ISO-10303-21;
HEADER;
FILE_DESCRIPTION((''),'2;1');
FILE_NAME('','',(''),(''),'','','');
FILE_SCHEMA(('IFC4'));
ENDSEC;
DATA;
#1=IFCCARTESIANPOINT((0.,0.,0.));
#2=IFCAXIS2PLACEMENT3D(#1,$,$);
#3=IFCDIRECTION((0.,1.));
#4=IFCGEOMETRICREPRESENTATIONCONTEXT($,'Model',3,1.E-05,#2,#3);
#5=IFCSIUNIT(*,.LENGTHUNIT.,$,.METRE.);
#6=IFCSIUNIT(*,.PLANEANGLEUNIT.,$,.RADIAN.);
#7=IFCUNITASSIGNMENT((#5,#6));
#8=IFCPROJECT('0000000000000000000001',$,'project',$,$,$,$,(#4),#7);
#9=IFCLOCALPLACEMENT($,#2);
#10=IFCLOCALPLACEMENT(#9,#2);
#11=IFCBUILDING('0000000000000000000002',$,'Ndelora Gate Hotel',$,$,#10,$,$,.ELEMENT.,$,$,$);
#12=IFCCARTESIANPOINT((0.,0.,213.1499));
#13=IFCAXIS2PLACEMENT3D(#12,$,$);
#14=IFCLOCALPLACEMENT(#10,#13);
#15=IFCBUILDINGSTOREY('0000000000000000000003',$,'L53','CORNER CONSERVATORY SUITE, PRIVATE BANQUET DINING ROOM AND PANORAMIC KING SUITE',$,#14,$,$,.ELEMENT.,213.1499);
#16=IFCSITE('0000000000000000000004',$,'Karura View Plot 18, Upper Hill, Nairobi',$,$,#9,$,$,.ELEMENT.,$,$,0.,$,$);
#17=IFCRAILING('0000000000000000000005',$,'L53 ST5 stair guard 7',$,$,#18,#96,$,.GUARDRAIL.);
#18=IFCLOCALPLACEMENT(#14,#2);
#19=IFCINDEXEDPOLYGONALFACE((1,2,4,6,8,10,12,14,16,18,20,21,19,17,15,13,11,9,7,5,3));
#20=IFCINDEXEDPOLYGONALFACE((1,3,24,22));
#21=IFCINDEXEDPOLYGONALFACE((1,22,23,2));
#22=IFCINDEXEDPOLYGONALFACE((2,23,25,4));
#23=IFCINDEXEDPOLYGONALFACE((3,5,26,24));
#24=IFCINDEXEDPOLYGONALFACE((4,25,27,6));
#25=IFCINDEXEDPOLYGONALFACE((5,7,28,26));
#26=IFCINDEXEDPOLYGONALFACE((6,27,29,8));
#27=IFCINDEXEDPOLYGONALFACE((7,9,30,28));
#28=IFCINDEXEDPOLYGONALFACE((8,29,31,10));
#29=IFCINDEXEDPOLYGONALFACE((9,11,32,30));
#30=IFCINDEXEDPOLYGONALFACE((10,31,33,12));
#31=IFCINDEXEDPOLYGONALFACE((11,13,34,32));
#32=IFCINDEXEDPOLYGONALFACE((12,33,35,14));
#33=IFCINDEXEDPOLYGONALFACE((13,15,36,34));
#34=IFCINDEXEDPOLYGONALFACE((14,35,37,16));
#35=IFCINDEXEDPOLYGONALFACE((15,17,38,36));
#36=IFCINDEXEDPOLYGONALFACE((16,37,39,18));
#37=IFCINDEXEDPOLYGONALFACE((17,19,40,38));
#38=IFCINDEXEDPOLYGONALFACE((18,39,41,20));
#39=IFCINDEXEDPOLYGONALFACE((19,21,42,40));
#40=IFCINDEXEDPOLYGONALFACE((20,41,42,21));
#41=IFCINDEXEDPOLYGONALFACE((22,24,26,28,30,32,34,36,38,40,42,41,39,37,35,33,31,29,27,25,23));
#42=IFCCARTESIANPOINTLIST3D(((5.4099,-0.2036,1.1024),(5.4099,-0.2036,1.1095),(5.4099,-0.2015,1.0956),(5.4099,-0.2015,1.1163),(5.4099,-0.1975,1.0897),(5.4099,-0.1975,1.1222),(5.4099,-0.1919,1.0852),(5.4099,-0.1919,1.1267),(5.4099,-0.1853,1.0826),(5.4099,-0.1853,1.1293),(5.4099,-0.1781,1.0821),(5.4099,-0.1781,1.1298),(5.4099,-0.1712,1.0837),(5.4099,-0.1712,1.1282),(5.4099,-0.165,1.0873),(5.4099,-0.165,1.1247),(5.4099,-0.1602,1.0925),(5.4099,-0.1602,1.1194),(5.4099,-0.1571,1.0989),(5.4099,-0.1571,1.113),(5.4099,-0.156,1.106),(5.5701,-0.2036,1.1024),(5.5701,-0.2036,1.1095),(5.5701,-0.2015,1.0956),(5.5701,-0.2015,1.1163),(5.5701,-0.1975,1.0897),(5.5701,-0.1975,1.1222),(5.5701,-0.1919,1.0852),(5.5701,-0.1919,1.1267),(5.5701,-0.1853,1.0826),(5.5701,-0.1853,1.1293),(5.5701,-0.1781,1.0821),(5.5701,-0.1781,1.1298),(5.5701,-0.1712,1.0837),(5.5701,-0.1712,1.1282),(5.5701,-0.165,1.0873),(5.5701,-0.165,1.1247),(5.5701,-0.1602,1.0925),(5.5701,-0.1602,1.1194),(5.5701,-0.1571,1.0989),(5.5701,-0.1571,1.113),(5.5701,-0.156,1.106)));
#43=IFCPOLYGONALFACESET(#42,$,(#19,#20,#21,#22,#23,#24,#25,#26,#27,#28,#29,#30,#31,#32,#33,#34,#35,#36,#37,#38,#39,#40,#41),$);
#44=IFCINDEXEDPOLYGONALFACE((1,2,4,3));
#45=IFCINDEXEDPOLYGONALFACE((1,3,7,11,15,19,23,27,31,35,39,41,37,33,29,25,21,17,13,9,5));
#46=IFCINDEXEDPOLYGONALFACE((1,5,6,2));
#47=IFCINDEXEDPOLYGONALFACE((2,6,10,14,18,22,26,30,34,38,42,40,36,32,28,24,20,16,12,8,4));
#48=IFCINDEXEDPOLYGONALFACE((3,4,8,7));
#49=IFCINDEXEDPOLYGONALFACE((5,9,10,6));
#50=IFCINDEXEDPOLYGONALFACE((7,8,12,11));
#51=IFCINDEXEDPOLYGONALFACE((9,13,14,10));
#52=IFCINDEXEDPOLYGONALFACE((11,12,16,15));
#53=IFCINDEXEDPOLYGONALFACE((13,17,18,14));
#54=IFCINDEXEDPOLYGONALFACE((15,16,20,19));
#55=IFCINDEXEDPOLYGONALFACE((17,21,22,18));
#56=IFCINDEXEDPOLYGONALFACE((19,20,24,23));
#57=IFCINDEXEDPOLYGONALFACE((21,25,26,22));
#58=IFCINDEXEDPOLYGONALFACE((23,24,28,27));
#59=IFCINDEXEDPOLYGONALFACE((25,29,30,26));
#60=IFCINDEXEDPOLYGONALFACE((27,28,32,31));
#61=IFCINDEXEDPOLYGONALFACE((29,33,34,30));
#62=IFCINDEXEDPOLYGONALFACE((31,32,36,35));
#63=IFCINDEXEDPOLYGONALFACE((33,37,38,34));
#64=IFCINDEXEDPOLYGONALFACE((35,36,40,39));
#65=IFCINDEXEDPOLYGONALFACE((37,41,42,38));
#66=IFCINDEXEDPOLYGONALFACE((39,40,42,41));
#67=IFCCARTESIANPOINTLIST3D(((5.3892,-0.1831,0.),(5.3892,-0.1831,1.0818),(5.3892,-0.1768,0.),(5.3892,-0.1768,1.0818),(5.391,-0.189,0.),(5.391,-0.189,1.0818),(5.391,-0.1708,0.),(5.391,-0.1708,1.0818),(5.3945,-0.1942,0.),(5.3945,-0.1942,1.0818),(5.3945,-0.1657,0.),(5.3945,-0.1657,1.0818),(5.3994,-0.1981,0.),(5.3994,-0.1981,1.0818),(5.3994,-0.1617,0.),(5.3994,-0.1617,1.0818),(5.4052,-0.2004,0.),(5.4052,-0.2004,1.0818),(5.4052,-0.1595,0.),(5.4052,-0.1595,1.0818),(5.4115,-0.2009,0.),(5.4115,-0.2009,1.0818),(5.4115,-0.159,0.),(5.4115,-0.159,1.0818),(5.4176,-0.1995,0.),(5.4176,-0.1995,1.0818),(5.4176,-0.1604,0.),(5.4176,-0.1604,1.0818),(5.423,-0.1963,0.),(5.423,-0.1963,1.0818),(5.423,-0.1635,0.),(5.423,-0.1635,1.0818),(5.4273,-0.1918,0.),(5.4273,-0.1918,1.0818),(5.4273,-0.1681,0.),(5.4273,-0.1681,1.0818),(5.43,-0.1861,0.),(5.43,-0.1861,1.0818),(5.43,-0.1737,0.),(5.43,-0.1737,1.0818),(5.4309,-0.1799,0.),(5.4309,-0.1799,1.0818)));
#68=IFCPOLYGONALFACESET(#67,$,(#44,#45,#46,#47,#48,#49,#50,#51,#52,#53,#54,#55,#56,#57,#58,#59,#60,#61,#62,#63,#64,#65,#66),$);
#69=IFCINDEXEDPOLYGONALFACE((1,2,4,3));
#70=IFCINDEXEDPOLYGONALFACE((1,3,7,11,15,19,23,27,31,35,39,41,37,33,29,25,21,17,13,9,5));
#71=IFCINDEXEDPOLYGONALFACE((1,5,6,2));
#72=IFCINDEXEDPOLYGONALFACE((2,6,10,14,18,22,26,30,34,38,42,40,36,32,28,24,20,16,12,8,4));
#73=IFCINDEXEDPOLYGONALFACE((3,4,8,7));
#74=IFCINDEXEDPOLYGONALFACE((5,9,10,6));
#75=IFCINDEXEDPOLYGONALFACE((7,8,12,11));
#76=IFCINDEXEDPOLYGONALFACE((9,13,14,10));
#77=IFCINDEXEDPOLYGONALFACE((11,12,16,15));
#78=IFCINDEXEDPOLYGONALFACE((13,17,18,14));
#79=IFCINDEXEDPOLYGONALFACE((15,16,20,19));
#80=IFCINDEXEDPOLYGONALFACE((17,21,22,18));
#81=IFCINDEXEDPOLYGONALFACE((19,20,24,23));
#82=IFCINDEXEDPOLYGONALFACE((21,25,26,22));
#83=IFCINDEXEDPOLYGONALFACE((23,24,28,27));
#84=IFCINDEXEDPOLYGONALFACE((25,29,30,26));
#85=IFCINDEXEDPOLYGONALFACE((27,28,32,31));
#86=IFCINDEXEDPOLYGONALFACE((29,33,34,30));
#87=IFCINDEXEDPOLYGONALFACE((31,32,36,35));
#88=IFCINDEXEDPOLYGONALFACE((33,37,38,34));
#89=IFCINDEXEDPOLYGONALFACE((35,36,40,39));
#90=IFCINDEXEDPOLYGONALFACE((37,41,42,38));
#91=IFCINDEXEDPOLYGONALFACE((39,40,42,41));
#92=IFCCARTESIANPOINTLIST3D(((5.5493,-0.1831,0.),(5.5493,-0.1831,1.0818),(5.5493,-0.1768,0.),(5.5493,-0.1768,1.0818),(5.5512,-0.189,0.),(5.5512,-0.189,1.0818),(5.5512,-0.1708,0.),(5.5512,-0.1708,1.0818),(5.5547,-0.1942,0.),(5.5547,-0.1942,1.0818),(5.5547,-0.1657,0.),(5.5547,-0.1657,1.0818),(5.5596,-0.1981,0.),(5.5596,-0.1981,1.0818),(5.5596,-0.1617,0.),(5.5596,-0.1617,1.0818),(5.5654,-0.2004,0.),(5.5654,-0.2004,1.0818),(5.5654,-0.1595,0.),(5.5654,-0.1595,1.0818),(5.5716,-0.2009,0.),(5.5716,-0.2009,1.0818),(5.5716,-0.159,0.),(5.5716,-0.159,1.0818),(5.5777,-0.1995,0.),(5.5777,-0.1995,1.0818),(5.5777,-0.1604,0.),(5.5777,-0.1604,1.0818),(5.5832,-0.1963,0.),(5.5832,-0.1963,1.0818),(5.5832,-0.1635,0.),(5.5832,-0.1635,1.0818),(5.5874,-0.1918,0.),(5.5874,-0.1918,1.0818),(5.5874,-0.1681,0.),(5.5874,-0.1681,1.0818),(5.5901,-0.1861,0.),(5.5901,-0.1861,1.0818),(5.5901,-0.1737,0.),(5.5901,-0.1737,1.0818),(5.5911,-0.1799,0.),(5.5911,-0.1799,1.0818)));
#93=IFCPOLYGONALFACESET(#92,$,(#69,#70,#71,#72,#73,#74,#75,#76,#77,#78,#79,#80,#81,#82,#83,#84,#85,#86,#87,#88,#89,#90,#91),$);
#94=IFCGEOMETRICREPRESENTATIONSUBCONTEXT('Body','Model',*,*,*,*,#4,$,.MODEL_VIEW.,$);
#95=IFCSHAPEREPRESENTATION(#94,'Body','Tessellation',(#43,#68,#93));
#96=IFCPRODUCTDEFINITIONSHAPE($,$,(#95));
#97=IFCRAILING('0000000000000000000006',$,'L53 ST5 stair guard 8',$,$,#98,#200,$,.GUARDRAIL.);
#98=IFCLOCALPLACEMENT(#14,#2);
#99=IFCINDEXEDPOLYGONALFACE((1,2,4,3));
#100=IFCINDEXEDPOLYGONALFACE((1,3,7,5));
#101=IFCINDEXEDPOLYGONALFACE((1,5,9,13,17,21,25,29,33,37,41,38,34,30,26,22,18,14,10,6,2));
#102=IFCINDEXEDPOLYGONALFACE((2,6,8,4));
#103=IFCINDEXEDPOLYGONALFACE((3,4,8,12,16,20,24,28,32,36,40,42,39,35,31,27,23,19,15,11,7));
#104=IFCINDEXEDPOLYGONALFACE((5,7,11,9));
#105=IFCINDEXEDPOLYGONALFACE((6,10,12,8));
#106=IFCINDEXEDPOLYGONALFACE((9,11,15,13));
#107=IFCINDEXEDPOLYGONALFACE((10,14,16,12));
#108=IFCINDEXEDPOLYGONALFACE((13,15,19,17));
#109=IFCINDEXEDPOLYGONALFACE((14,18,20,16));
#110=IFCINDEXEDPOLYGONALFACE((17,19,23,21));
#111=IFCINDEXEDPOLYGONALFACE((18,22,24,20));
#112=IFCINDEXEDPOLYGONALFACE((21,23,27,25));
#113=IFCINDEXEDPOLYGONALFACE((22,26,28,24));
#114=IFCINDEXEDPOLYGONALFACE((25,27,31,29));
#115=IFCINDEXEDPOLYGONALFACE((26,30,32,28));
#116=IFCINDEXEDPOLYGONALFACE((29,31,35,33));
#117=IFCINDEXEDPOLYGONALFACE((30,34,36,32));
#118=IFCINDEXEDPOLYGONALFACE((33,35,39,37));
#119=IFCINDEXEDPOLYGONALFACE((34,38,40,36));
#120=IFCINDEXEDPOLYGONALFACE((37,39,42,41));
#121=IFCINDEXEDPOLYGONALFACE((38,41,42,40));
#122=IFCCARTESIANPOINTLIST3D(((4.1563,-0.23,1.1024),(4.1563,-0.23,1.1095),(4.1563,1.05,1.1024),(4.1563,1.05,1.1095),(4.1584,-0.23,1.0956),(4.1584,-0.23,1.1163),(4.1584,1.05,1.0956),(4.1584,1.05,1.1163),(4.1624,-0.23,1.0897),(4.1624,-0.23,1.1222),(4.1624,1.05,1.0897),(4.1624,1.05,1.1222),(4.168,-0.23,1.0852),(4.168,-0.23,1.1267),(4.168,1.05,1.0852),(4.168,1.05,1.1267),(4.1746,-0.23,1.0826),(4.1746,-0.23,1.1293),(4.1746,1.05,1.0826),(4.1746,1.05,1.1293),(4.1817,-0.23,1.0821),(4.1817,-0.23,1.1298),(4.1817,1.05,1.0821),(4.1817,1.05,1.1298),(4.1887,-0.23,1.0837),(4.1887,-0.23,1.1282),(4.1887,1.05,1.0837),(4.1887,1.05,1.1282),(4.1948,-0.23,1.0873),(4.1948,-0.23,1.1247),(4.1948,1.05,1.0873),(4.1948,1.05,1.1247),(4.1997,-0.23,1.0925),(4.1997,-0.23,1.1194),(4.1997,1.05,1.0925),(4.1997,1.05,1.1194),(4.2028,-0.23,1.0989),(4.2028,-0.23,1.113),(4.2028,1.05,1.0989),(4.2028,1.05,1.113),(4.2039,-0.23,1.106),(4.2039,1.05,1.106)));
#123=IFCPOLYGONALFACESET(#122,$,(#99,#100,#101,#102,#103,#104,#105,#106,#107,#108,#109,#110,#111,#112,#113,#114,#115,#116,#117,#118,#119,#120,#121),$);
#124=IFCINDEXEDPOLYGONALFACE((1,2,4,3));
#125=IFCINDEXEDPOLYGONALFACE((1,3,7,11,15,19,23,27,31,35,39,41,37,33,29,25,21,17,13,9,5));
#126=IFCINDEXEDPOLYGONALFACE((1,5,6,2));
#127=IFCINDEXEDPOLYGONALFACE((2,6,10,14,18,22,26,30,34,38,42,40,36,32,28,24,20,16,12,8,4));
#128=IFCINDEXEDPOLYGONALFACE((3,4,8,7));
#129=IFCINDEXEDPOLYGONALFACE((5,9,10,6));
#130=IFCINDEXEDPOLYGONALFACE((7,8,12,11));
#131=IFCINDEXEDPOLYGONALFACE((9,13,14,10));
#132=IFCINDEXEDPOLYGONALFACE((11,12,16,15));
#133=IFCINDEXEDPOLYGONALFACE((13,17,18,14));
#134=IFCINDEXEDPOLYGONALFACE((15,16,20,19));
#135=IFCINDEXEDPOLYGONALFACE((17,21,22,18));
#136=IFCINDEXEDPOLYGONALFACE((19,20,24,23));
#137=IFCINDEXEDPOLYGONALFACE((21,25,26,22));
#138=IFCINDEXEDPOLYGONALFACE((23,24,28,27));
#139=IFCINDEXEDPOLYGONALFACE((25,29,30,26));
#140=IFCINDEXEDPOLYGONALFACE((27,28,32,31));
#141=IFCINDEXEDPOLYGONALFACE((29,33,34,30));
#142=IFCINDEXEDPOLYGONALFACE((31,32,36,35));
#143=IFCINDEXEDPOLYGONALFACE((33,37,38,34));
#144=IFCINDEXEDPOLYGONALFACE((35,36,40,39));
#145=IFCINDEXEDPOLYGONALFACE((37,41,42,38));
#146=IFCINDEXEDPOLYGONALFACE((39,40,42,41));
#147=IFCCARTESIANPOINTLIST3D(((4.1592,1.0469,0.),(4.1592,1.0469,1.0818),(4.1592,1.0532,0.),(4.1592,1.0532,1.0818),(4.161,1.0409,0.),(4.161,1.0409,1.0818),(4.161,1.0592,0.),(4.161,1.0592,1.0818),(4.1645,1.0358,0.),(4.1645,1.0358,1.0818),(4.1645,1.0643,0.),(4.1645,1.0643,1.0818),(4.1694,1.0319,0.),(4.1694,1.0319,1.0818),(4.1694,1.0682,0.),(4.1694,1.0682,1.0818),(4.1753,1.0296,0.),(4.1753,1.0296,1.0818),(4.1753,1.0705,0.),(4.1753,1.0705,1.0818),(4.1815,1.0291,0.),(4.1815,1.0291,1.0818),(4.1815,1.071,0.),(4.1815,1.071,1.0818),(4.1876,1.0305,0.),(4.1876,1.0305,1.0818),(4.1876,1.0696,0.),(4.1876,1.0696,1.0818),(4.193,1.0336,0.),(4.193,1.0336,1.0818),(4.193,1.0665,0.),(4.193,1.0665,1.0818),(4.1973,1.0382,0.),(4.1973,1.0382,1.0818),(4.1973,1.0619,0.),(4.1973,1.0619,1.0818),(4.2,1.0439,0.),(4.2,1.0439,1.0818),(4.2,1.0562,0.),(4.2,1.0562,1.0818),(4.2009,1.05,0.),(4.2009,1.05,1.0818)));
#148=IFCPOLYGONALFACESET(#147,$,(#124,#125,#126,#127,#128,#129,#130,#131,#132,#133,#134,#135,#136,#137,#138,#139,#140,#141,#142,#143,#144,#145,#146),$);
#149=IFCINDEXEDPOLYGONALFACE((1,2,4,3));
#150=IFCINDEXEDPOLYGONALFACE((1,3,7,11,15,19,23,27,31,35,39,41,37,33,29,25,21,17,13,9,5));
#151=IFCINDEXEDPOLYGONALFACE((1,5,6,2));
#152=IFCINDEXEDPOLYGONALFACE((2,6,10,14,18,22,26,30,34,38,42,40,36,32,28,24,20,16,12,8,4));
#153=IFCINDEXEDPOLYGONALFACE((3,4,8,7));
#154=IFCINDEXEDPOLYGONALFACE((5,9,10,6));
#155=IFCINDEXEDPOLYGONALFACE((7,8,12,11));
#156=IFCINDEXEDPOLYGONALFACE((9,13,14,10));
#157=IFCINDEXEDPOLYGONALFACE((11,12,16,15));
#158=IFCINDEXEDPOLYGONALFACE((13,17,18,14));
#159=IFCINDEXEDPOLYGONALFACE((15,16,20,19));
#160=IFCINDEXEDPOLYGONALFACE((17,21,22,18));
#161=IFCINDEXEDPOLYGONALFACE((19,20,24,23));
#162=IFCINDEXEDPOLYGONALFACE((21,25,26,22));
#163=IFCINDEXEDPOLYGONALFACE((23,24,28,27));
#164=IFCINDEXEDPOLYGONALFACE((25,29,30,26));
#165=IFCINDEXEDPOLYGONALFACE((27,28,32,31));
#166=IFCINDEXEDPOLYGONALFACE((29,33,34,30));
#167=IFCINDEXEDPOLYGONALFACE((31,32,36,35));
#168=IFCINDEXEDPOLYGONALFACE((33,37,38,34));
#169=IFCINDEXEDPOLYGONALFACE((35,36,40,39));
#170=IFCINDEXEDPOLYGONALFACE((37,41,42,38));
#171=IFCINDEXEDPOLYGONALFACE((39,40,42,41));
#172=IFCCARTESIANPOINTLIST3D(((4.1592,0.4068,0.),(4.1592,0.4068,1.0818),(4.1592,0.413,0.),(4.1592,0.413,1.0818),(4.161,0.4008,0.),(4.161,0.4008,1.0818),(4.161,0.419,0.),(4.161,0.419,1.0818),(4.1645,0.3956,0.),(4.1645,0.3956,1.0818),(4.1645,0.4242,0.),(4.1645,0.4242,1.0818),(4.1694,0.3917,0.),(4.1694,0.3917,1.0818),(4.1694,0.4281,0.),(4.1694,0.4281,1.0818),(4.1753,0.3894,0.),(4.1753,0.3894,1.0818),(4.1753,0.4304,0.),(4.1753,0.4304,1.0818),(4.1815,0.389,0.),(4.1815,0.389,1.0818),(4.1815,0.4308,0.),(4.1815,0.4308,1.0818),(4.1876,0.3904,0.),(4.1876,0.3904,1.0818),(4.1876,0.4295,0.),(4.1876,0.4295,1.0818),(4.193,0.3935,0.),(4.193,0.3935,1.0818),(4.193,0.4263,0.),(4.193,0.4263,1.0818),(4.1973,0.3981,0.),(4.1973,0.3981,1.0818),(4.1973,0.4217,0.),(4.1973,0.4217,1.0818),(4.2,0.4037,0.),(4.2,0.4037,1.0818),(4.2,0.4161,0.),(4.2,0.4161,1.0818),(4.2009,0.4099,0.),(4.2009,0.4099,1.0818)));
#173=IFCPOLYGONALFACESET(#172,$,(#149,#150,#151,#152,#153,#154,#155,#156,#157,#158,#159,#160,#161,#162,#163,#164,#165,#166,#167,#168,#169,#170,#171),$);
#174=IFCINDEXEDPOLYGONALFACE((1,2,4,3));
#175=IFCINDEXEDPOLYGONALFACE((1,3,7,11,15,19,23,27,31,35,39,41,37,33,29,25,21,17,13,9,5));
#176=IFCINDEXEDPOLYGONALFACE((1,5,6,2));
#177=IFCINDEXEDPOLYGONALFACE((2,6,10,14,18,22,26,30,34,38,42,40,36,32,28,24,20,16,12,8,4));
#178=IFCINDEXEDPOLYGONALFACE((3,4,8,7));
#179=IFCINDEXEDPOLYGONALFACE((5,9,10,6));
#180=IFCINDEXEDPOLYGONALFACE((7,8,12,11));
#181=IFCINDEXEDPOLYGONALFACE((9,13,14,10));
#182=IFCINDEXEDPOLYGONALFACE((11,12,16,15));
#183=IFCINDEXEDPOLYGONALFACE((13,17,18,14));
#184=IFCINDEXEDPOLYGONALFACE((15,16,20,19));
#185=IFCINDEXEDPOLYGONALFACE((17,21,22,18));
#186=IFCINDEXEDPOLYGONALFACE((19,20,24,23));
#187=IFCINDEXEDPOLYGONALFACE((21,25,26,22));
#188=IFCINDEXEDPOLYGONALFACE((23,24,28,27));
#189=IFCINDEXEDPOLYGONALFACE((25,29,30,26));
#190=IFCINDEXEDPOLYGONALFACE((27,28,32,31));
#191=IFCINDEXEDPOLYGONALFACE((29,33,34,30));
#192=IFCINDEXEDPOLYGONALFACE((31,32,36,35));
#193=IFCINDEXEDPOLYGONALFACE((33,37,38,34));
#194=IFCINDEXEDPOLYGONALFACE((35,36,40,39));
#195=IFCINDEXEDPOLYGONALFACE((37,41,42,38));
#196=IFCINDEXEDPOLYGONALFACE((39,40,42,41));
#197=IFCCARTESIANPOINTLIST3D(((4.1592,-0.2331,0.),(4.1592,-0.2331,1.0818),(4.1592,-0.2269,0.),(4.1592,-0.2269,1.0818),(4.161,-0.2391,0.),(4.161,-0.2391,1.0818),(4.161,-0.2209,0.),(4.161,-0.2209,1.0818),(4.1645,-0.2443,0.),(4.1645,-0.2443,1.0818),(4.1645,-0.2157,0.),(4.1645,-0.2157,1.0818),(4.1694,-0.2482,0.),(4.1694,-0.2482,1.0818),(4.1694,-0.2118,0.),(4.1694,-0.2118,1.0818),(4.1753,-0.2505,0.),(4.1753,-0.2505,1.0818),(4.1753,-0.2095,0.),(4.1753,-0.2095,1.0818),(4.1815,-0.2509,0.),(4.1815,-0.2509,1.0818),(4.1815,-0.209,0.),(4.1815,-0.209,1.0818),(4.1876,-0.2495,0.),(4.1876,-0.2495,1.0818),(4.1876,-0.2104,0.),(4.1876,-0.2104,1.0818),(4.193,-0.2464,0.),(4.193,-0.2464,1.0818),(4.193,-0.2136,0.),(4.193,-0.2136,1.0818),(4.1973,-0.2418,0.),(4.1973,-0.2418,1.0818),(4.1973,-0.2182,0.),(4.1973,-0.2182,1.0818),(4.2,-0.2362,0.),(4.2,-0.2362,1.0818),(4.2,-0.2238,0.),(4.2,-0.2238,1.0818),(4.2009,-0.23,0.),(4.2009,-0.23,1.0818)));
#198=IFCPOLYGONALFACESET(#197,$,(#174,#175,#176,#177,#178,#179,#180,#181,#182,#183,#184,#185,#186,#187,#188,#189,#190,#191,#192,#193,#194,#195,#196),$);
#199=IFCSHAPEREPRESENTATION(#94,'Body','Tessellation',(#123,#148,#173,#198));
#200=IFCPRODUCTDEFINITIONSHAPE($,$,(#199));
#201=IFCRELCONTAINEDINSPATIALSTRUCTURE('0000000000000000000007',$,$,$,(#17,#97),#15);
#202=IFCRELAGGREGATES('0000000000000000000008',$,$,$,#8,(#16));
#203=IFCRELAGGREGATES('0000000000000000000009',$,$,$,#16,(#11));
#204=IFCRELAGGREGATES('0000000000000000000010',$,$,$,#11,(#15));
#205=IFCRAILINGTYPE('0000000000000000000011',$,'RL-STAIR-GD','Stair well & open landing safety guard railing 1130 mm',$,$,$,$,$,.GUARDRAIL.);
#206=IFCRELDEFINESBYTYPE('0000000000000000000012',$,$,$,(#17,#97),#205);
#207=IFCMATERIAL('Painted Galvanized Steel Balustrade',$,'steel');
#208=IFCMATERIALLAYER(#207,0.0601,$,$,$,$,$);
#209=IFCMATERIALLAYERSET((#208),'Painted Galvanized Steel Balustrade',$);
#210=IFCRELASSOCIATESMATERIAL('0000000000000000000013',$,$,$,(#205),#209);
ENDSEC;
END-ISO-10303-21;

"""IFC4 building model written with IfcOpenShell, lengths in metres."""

from ifc_helpers import new_model, si_unit, direction, frame, origin, origin_2d, place, context, subcontext, project, spatial, circle, extrude, material, layer, layer_set, type_object, element, save


model = new_model("IFC4")

# Units and contexts
model_context = context("Model", 3, precision=1e-05, world=origin(), true_north=direction((0.0, 1.0)))
body_context = subcontext(model_context, "Body", "Model", "MODEL_VIEW")
ifc_project = project(units=[si_unit("LENGTHUNIT", "METRE"), si_unit("PLANEANGLEUNIT", "RADIAN")], contexts=[model_context])

# Site, building, storey
site_placement = place(None, origin())
site = spatial("IfcSite", under=ifc_project, at=site_placement, Name="Karura View Plot 18, Upper Hill, Nairobi", CompositionType="ELEMENT", RefElevation=0.0)
building_placement = place(site_placement, origin())
building = spatial("IfcBuilding", under=site, at=building_placement, Name="Ndelora Gate Hotel", CompositionType="ELEMENT")
storey_placement = place(building_placement, frame((0.0, 0.0, 213.1499)))
storey = spatial("IfcBuildingStorey", under=building, at=storey_placement, Name="L53", Description="CORNER CONSERVATORY SUITE, PRIVATE BANQUET DINING ROOM AND PANORAMIC KING SUITE", CompositionType="ELEMENT", Elevation=213.1499)

# Railings
ifc_material_1 = material(Name="Painted Galvanized Steel Balustrade", Category="steel")
ifc_layer_1 = layer(ifc_material_1, 0.0601)
ifc_layer_set_1 = layer_set([ifc_layer_1], Name="Painted Galvanized Steel Balustrade")
railing_type_1 = type_object("IfcRailingType", Name="RL-STAIR-GD", Description="Stair well & open landing safety guard railing 1130 mm", PredefinedType="GUARDRAIL", material=ifc_layer_set_1)
railing_1_placement = place(storey_placement, frame((5.4099, -0.1799, 0.0)))
element("IfcRailing", 1, at=railing_1_placement, inside=storey, type_object=railing_type_1, Name="L53 ST5 stair guard 7", PredefinedType="GUARDRAIL", context=body_context, shape_type="SweptSolid", body=[
    extrude(circle(Radius=0.0239, at=origin_2d()), frame((0.0, 0.0, 1.106), z_axis=(1.0, 0.0, 0.0), x_axis=(0.0, 1.0, 0.0)), (0.0, 0.0, 1.0), 0.1602),
    extrude(circle(Radius=0.021, at=origin_2d()), origin(), (0.0, 0.0, 1.0), 1.0818),
    extrude(circle(Radius=0.021, at=origin_2d()), frame((0.1602, 0.0, 0.0)), (0.0, 0.0, 1.0), 1.0818),
])
for number, where, name in (
    (2, (4.1799, 1.05, 0.0), "L53 ST5 stair guard 8"),
):
    element("IfcRailing", number, at=place(storey_placement, frame(where)), inside=storey, type_object=railing_type_1, Name=name, PredefinedType="GUARDRAIL", context=body_context, shape_type="SweptSolid", body=[
        extrude(circle(Radius=0.0239, at=origin_2d()), frame((0.0, 0.0, 1.106), z_axis=(0.0, -1.0, 0.0), x_axis=(1.0, 0.0, 0.0)), (0.0, 0.0, 1.0), 1.28),
        extrude(circle(Radius=0.021, at=origin_2d()), origin(), (0.0, 0.0, 1.0), 1.0818),
        extrude(circle(Radius=0.021, at=origin_2d()), frame((0.0, -0.6401, 0.0)), (0.0, 0.0, 1.0), 1.0818),
        extrude(circle(Radius=0.021, at=origin_2d()), frame((0.0, -1.28, 0.0)), (0.0, 0.0, 1.0), 1.0818),
    ])

save(model, "model.ifc")
